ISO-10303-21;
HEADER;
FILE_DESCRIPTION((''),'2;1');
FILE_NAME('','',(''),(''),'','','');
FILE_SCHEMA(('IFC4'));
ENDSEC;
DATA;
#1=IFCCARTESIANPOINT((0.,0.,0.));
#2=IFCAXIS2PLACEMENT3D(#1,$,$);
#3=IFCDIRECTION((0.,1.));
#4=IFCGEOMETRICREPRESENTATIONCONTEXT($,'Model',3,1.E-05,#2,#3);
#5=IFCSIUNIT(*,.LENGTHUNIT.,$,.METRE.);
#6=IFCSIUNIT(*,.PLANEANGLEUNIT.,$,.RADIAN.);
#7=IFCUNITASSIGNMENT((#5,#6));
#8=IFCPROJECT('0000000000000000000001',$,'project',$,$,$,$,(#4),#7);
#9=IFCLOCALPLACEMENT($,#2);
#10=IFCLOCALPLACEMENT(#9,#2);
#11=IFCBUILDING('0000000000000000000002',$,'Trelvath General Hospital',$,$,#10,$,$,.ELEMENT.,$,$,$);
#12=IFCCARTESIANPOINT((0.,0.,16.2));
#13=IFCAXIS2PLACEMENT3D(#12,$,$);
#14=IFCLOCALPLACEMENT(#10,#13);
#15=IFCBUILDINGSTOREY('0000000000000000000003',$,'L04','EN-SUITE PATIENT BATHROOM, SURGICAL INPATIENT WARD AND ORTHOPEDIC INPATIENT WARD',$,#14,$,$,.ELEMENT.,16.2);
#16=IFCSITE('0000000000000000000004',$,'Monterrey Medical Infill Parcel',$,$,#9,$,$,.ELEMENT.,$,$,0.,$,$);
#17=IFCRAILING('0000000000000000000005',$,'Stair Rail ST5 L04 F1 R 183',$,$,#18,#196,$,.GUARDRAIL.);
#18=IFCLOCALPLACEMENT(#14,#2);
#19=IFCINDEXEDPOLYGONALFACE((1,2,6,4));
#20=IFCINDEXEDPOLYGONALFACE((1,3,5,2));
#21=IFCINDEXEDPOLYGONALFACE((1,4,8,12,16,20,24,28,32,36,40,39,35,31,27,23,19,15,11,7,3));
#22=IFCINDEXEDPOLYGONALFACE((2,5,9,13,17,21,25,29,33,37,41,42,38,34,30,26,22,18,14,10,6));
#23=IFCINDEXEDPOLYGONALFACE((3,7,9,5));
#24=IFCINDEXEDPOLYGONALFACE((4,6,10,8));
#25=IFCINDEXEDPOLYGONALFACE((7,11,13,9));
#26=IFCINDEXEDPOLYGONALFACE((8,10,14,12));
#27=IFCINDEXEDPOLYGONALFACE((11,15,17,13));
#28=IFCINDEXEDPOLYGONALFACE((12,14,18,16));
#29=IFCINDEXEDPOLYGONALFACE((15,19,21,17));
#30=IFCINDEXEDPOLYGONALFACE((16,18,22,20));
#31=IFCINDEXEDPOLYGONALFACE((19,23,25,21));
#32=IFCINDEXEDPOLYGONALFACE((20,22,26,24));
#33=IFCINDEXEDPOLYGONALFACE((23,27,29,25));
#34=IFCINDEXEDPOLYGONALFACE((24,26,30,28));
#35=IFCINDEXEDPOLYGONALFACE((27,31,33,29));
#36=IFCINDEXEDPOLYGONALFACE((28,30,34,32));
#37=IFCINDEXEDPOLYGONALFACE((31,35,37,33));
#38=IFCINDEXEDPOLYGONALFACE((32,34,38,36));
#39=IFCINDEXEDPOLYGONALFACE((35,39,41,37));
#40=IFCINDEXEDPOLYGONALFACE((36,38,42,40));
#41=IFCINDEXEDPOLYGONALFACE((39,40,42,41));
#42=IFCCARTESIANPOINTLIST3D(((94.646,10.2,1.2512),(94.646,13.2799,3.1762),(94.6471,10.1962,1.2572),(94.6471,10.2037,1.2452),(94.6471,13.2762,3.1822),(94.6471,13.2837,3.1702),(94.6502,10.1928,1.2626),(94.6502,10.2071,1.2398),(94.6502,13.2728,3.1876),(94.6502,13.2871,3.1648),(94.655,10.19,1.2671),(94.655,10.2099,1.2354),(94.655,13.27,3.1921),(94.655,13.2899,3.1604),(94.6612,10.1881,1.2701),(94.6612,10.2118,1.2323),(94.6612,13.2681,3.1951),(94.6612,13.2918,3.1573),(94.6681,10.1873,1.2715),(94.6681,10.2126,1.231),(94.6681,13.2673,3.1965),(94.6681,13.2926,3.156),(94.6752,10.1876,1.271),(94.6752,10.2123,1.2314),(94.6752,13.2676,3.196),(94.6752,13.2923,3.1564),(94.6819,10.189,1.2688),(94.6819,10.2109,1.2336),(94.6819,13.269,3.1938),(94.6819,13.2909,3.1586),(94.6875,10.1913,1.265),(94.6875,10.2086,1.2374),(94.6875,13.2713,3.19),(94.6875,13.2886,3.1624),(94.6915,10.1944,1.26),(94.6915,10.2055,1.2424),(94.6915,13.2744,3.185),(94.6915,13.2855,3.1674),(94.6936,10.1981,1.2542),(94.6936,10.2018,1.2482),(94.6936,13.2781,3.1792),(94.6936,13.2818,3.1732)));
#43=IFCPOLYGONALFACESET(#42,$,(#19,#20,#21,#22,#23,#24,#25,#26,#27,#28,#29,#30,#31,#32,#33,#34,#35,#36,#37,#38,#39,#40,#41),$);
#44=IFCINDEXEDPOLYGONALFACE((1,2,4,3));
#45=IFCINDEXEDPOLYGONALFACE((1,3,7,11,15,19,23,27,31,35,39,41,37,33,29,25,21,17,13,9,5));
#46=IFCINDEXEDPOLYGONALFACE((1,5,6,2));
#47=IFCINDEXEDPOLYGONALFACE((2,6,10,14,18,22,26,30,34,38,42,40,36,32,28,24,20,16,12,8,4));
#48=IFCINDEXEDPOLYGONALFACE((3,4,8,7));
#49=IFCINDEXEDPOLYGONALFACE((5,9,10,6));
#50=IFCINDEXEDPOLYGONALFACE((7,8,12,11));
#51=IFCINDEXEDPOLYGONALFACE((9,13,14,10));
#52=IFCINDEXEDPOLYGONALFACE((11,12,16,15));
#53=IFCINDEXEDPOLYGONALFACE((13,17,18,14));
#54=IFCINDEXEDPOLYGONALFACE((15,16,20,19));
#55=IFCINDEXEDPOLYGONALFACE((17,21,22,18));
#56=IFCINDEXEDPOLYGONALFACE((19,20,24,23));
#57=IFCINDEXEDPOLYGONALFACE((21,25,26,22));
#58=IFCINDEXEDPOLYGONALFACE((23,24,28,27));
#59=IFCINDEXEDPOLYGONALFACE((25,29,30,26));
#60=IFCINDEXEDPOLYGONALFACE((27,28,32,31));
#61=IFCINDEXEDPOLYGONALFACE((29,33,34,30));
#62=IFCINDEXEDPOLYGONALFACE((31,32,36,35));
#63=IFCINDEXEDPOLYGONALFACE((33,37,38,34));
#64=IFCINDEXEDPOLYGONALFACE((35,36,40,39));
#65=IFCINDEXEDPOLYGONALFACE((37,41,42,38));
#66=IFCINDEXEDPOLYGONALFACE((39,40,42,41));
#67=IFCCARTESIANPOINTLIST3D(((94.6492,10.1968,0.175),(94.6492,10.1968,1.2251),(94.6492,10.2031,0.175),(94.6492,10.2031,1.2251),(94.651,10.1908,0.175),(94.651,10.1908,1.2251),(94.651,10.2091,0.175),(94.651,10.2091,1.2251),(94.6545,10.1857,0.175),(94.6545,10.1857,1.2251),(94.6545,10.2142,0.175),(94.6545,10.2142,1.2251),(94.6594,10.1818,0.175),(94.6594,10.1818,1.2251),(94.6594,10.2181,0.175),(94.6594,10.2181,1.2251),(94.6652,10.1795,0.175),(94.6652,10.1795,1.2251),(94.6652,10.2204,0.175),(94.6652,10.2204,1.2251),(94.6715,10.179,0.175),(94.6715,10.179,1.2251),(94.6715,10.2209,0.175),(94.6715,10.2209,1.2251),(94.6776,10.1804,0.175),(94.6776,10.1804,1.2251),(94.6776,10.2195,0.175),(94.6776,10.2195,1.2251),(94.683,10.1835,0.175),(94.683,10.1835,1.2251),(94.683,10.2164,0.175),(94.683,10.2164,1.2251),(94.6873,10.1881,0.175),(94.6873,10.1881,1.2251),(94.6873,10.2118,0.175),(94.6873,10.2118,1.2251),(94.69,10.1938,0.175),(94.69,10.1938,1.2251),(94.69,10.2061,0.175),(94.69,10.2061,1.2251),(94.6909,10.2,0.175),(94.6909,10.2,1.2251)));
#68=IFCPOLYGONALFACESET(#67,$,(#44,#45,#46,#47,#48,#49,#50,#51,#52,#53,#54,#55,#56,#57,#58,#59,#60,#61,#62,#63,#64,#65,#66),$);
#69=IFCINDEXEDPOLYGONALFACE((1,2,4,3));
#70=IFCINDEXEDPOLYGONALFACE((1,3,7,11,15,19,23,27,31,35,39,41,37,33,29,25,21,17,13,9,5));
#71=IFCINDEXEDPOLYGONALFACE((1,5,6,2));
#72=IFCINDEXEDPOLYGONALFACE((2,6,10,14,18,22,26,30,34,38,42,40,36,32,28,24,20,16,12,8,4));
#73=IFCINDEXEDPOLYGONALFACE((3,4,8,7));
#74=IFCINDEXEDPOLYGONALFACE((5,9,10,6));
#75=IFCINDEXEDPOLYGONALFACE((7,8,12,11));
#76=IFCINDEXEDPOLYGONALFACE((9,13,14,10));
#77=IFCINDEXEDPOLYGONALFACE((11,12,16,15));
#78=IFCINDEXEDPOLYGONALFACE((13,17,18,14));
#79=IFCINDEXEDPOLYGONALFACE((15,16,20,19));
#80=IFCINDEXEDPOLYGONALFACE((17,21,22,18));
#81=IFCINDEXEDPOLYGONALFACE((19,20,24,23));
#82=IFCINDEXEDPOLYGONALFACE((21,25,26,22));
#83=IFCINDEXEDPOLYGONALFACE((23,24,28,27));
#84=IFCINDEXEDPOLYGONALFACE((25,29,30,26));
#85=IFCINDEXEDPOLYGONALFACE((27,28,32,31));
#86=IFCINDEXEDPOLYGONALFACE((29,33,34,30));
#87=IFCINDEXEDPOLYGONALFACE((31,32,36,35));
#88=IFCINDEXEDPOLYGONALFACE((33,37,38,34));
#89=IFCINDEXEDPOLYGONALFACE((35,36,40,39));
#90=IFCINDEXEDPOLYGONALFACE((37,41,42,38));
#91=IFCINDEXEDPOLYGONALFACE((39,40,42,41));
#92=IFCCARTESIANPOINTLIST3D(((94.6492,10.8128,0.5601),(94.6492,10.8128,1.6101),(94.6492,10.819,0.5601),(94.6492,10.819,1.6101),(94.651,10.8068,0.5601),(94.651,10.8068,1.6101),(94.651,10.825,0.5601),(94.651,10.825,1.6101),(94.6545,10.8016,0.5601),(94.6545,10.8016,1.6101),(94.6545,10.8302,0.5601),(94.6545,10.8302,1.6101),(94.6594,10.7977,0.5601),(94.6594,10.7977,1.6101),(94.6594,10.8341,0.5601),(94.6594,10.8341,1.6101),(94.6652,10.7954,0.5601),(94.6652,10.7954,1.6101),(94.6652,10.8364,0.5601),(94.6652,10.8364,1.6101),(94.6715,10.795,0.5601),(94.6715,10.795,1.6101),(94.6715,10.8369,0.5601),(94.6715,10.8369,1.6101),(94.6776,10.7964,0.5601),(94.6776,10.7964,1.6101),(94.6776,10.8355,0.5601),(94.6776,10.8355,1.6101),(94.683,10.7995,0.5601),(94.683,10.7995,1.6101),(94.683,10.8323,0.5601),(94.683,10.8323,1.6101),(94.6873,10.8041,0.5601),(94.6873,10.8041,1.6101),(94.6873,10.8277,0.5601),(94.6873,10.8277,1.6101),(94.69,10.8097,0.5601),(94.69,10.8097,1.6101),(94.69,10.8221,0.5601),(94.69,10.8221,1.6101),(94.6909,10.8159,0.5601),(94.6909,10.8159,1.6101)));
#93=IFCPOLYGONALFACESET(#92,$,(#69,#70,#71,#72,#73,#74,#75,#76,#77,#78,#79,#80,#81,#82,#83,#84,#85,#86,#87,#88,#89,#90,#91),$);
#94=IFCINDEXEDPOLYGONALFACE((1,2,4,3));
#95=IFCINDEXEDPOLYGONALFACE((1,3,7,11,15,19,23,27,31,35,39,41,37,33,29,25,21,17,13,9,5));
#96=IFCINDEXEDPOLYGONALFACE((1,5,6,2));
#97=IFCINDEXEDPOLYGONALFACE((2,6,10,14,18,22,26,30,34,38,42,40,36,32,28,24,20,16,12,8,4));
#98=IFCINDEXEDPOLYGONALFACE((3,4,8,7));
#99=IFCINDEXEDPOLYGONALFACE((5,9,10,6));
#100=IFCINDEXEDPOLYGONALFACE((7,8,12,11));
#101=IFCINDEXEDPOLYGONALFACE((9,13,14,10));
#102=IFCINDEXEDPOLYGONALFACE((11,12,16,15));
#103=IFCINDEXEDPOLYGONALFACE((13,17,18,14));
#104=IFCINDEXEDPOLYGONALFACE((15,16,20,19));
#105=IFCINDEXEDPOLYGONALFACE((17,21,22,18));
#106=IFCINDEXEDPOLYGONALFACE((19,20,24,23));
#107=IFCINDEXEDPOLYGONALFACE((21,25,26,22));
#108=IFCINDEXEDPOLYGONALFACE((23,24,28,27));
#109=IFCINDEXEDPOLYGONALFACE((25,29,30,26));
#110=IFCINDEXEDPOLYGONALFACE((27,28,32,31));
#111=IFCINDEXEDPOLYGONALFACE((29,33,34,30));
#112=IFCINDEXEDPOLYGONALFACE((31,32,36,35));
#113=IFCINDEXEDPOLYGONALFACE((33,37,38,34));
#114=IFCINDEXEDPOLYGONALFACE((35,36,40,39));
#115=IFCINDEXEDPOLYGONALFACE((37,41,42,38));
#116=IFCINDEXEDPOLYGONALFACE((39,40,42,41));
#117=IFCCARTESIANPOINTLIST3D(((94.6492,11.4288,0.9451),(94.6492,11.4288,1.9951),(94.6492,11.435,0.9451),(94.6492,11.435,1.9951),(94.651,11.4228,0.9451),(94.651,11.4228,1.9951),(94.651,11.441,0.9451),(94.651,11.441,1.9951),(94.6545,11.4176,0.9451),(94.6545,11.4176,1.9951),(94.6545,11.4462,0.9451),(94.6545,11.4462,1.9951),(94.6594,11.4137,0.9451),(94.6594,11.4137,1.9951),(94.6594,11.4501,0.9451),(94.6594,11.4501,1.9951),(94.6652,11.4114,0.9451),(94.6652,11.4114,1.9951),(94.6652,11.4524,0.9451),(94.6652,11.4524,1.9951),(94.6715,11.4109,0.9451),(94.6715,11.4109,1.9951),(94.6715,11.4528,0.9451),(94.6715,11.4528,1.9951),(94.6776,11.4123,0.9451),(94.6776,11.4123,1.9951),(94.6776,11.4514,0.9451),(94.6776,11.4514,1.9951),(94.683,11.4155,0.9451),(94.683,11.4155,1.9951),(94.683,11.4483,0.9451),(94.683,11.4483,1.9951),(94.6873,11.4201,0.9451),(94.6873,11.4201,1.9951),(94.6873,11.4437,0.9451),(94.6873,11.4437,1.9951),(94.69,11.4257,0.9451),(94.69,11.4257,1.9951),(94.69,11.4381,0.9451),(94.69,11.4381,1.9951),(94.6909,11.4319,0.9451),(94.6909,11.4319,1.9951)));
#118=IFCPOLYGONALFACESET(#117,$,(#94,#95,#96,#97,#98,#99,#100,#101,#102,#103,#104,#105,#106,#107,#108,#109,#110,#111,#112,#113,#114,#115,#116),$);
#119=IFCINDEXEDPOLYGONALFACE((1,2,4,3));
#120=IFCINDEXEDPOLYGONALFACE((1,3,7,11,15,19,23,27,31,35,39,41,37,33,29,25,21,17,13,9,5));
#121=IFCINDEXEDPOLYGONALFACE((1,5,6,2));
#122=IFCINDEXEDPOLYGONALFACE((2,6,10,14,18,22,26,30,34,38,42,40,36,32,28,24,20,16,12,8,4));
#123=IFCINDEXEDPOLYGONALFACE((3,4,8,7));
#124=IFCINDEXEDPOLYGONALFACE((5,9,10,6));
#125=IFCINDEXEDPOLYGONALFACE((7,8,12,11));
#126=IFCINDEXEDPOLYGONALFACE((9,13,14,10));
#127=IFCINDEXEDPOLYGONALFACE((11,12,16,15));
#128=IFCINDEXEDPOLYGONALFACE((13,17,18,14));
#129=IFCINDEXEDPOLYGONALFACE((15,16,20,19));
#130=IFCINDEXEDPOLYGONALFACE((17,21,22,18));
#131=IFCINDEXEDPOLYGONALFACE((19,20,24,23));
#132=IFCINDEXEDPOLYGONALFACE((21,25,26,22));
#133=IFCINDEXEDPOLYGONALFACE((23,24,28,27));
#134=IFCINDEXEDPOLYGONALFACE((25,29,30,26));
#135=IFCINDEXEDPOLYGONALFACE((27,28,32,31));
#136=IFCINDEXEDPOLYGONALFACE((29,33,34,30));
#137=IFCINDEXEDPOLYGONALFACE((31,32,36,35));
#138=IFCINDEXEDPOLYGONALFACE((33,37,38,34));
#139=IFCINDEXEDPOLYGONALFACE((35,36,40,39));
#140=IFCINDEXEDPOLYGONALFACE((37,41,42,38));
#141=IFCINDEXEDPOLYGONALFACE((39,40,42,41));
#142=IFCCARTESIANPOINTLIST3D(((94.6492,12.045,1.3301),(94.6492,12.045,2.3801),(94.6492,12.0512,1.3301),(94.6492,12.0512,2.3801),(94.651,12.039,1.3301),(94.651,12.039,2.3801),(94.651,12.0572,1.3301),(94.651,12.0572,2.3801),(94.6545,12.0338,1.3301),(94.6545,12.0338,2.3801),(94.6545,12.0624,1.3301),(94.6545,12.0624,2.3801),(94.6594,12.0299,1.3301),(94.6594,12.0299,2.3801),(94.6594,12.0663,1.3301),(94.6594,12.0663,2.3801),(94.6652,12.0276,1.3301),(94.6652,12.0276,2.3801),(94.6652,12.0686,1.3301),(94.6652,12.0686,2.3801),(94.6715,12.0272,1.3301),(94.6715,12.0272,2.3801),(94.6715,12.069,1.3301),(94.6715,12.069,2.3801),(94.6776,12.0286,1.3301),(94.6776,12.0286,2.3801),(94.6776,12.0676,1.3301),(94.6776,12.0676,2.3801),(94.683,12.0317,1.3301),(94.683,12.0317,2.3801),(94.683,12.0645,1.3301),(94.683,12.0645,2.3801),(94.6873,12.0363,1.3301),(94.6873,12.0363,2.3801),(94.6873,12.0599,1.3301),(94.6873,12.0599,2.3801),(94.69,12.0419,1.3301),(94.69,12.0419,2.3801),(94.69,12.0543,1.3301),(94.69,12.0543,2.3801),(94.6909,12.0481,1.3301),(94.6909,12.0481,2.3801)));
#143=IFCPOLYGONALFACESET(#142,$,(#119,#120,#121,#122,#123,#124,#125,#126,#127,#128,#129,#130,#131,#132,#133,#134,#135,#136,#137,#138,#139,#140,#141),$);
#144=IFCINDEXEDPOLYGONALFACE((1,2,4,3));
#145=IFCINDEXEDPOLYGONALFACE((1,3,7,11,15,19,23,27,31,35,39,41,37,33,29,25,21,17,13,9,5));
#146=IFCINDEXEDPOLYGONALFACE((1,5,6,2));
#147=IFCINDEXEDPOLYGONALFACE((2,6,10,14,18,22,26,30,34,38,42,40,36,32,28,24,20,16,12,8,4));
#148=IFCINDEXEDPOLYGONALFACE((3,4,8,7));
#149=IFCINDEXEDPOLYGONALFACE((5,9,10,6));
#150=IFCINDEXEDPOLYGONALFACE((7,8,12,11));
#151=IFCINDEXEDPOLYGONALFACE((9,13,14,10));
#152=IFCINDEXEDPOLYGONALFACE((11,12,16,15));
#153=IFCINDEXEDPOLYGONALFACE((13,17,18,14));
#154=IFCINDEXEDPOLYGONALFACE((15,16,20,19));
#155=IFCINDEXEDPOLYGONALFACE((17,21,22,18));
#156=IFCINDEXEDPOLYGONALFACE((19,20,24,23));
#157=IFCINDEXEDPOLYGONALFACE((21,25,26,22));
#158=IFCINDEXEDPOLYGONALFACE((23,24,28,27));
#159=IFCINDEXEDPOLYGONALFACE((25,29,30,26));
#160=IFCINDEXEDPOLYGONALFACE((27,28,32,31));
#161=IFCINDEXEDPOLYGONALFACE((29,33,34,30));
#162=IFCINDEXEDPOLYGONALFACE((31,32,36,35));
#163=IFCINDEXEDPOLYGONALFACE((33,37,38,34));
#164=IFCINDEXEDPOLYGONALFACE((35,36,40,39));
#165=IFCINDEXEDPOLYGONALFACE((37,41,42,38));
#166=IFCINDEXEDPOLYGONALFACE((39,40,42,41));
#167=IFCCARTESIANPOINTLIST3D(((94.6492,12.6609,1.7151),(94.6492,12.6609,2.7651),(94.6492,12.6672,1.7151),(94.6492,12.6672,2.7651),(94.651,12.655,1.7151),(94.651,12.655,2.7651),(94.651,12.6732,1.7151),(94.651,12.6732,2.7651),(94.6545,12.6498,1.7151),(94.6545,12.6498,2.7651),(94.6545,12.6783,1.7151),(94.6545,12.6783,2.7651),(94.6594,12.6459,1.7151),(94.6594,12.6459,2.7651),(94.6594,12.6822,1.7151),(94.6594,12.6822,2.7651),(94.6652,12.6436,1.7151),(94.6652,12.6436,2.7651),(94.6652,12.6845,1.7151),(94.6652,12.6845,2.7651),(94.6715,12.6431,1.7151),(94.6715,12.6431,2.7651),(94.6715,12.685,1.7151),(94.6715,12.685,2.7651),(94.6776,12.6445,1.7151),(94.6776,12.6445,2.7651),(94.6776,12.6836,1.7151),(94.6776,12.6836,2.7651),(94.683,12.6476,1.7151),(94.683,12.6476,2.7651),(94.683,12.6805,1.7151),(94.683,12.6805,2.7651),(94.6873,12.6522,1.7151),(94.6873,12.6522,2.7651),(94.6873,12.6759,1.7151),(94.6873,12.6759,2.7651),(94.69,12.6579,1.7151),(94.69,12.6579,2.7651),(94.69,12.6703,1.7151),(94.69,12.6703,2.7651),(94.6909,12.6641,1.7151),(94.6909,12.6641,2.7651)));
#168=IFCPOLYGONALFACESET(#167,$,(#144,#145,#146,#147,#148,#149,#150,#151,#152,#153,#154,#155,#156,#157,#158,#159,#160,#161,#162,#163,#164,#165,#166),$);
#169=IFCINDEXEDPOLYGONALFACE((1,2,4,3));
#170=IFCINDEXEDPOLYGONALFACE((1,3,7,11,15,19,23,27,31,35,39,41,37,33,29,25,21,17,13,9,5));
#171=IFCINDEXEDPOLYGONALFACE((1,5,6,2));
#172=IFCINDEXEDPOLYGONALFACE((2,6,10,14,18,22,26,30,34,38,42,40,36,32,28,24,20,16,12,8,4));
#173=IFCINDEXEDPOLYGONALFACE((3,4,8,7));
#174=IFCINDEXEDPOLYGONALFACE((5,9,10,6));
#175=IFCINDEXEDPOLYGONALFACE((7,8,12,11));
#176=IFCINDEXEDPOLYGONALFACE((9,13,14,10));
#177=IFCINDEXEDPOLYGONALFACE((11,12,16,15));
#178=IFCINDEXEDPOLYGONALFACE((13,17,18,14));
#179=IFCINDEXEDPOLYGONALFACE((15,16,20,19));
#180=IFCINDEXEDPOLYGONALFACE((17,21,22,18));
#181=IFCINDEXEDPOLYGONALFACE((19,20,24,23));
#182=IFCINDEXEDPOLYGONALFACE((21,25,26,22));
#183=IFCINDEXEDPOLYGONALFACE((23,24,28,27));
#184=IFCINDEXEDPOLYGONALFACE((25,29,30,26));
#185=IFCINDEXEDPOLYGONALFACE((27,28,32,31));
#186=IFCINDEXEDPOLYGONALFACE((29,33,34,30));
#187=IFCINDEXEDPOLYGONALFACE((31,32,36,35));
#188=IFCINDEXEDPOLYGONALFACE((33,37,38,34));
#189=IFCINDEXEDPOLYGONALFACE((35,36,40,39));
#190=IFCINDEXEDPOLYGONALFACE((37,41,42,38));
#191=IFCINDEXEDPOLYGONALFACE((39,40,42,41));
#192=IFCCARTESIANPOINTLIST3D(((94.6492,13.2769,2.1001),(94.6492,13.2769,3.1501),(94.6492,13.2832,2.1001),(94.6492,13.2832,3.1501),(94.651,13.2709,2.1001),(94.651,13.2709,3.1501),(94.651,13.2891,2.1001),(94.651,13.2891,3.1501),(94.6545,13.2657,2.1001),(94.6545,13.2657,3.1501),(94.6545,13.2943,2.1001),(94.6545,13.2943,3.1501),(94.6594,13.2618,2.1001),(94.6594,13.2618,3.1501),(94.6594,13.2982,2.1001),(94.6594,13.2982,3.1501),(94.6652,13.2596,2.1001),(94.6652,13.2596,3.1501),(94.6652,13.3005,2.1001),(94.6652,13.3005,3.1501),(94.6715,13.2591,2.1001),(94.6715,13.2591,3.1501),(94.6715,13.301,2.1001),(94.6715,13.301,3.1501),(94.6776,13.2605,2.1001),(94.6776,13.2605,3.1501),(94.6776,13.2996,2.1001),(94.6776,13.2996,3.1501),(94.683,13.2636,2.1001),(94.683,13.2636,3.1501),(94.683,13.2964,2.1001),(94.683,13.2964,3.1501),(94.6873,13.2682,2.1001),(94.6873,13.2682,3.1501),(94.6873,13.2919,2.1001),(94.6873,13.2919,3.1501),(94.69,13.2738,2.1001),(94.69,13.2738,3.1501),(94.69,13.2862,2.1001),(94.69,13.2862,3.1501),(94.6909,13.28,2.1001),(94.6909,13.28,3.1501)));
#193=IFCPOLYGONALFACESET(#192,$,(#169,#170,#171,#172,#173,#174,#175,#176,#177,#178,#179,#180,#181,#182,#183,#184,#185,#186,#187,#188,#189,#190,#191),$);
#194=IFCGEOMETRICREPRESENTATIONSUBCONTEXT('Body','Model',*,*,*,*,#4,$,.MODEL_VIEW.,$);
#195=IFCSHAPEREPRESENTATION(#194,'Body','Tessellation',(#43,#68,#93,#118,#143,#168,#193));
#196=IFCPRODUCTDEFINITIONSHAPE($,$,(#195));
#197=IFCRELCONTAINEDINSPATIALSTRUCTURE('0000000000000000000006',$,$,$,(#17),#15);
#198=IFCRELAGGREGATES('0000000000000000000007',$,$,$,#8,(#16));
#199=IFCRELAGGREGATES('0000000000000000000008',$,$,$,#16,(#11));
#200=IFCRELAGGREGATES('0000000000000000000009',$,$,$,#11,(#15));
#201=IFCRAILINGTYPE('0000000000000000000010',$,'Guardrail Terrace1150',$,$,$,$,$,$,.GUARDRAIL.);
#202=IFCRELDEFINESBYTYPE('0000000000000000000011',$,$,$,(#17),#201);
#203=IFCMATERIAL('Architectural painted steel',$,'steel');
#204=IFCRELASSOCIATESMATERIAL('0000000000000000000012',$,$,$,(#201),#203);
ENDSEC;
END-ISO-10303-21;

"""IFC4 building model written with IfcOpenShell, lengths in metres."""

from ifc_helpers import new_model, si_unit, direction, frame, origin, origin_2d, place, context, subcontext, project, spatial, circle, extrude, material, type_object, element, save


model = new_model("IFC4")

# Units and contexts
model_context = context("Model", 3, precision=1e-05, world=origin(), true_north=direction((0.0, 1.0)))
body_context = subcontext(model_context, "Body", "Model", "MODEL_VIEW")
ifc_project = project(units=[si_unit("LENGTHUNIT", "METRE"), si_unit("PLANEANGLEUNIT", "RADIAN")], contexts=[model_context])

# Site, building, storey
site_placement = place(None, origin())
site = spatial("IfcSite", under=ifc_project, at=site_placement, Name="Monterrey Medical Infill Parcel", CompositionType="ELEMENT", RefElevation=0.0)
building_placement = place(site_placement, origin())
building = spatial("IfcBuilding", under=site, at=building_placement, Name="Trelvath General Hospital", CompositionType="ELEMENT")
storey_placement = place(building_placement, frame((0.0, 0.0, 16.2)))
storey = spatial("IfcBuildingStorey", under=building, at=storey_placement, Name="L04", Description="EN-SUITE PATIENT BATHROOM, SURGICAL INPATIENT WARD AND ORTHOPEDIC INPATIENT WARD", CompositionType="ELEMENT", Elevation=16.2)

# Railing
ifc_material_1 = material(Name="Architectural painted steel", Category="steel")
railing_type_1 = type_object("IfcRailingType", Name="Guardrail Terrace1150", PredefinedType="GUARDRAIL", material=ifc_material_1)
railing_1_placement = place(storey_placement, frame((94.6699, 10.2, 0.175)))
element("IfcRailing", 1, at=railing_1_placement, inside=storey, type_object=railing_type_1, Name="Stair Rail ST5 L04 F1 R 183", PredefinedType="GUARDRAIL", context=body_context, shape_type="SweptSolid", body=[
    extrude(circle(Radius=0.0239, at=origin_2d()), frame((0.0, 0.0, 1.0762), z_axis=(0.0, 0.847998, 0.529999), x_axis=(-1.0, 0.0, 0.0)), (0.0, 0.0, 1.0), 3.6321),
    extrude(circle(Radius=0.021, at=origin_2d()), origin(), (0.0, 0.0, 1.0), 1.05),
    extrude(circle(Radius=0.021, at=origin_2d()), frame((0.0, 0.616, 0.385)), (0.0, 0.0, 1.0), 1.05),
    extrude(circle(Radius=0.021, at=origin_2d()), frame((0.0, 1.2319, 0.77)), (0.0, 0.0, 1.0), 1.05),
    extrude(circle(Radius=0.021, at=origin_2d()), frame((0.0, 1.8481, 1.155)), (0.0, 0.0, 1.0), 1.05),
    extrude(circle(Radius=0.021, at=origin_2d()), frame((0.0, 2.4641, 1.54)), (0.0, 0.0, 1.0), 1.05),
    extrude(circle(Radius=0.021, at=origin_2d()), frame((0.0, 3.0801, 1.925)), (0.0, 0.0, 1.0), 1.05),
])

save(model, "model.ifc")
